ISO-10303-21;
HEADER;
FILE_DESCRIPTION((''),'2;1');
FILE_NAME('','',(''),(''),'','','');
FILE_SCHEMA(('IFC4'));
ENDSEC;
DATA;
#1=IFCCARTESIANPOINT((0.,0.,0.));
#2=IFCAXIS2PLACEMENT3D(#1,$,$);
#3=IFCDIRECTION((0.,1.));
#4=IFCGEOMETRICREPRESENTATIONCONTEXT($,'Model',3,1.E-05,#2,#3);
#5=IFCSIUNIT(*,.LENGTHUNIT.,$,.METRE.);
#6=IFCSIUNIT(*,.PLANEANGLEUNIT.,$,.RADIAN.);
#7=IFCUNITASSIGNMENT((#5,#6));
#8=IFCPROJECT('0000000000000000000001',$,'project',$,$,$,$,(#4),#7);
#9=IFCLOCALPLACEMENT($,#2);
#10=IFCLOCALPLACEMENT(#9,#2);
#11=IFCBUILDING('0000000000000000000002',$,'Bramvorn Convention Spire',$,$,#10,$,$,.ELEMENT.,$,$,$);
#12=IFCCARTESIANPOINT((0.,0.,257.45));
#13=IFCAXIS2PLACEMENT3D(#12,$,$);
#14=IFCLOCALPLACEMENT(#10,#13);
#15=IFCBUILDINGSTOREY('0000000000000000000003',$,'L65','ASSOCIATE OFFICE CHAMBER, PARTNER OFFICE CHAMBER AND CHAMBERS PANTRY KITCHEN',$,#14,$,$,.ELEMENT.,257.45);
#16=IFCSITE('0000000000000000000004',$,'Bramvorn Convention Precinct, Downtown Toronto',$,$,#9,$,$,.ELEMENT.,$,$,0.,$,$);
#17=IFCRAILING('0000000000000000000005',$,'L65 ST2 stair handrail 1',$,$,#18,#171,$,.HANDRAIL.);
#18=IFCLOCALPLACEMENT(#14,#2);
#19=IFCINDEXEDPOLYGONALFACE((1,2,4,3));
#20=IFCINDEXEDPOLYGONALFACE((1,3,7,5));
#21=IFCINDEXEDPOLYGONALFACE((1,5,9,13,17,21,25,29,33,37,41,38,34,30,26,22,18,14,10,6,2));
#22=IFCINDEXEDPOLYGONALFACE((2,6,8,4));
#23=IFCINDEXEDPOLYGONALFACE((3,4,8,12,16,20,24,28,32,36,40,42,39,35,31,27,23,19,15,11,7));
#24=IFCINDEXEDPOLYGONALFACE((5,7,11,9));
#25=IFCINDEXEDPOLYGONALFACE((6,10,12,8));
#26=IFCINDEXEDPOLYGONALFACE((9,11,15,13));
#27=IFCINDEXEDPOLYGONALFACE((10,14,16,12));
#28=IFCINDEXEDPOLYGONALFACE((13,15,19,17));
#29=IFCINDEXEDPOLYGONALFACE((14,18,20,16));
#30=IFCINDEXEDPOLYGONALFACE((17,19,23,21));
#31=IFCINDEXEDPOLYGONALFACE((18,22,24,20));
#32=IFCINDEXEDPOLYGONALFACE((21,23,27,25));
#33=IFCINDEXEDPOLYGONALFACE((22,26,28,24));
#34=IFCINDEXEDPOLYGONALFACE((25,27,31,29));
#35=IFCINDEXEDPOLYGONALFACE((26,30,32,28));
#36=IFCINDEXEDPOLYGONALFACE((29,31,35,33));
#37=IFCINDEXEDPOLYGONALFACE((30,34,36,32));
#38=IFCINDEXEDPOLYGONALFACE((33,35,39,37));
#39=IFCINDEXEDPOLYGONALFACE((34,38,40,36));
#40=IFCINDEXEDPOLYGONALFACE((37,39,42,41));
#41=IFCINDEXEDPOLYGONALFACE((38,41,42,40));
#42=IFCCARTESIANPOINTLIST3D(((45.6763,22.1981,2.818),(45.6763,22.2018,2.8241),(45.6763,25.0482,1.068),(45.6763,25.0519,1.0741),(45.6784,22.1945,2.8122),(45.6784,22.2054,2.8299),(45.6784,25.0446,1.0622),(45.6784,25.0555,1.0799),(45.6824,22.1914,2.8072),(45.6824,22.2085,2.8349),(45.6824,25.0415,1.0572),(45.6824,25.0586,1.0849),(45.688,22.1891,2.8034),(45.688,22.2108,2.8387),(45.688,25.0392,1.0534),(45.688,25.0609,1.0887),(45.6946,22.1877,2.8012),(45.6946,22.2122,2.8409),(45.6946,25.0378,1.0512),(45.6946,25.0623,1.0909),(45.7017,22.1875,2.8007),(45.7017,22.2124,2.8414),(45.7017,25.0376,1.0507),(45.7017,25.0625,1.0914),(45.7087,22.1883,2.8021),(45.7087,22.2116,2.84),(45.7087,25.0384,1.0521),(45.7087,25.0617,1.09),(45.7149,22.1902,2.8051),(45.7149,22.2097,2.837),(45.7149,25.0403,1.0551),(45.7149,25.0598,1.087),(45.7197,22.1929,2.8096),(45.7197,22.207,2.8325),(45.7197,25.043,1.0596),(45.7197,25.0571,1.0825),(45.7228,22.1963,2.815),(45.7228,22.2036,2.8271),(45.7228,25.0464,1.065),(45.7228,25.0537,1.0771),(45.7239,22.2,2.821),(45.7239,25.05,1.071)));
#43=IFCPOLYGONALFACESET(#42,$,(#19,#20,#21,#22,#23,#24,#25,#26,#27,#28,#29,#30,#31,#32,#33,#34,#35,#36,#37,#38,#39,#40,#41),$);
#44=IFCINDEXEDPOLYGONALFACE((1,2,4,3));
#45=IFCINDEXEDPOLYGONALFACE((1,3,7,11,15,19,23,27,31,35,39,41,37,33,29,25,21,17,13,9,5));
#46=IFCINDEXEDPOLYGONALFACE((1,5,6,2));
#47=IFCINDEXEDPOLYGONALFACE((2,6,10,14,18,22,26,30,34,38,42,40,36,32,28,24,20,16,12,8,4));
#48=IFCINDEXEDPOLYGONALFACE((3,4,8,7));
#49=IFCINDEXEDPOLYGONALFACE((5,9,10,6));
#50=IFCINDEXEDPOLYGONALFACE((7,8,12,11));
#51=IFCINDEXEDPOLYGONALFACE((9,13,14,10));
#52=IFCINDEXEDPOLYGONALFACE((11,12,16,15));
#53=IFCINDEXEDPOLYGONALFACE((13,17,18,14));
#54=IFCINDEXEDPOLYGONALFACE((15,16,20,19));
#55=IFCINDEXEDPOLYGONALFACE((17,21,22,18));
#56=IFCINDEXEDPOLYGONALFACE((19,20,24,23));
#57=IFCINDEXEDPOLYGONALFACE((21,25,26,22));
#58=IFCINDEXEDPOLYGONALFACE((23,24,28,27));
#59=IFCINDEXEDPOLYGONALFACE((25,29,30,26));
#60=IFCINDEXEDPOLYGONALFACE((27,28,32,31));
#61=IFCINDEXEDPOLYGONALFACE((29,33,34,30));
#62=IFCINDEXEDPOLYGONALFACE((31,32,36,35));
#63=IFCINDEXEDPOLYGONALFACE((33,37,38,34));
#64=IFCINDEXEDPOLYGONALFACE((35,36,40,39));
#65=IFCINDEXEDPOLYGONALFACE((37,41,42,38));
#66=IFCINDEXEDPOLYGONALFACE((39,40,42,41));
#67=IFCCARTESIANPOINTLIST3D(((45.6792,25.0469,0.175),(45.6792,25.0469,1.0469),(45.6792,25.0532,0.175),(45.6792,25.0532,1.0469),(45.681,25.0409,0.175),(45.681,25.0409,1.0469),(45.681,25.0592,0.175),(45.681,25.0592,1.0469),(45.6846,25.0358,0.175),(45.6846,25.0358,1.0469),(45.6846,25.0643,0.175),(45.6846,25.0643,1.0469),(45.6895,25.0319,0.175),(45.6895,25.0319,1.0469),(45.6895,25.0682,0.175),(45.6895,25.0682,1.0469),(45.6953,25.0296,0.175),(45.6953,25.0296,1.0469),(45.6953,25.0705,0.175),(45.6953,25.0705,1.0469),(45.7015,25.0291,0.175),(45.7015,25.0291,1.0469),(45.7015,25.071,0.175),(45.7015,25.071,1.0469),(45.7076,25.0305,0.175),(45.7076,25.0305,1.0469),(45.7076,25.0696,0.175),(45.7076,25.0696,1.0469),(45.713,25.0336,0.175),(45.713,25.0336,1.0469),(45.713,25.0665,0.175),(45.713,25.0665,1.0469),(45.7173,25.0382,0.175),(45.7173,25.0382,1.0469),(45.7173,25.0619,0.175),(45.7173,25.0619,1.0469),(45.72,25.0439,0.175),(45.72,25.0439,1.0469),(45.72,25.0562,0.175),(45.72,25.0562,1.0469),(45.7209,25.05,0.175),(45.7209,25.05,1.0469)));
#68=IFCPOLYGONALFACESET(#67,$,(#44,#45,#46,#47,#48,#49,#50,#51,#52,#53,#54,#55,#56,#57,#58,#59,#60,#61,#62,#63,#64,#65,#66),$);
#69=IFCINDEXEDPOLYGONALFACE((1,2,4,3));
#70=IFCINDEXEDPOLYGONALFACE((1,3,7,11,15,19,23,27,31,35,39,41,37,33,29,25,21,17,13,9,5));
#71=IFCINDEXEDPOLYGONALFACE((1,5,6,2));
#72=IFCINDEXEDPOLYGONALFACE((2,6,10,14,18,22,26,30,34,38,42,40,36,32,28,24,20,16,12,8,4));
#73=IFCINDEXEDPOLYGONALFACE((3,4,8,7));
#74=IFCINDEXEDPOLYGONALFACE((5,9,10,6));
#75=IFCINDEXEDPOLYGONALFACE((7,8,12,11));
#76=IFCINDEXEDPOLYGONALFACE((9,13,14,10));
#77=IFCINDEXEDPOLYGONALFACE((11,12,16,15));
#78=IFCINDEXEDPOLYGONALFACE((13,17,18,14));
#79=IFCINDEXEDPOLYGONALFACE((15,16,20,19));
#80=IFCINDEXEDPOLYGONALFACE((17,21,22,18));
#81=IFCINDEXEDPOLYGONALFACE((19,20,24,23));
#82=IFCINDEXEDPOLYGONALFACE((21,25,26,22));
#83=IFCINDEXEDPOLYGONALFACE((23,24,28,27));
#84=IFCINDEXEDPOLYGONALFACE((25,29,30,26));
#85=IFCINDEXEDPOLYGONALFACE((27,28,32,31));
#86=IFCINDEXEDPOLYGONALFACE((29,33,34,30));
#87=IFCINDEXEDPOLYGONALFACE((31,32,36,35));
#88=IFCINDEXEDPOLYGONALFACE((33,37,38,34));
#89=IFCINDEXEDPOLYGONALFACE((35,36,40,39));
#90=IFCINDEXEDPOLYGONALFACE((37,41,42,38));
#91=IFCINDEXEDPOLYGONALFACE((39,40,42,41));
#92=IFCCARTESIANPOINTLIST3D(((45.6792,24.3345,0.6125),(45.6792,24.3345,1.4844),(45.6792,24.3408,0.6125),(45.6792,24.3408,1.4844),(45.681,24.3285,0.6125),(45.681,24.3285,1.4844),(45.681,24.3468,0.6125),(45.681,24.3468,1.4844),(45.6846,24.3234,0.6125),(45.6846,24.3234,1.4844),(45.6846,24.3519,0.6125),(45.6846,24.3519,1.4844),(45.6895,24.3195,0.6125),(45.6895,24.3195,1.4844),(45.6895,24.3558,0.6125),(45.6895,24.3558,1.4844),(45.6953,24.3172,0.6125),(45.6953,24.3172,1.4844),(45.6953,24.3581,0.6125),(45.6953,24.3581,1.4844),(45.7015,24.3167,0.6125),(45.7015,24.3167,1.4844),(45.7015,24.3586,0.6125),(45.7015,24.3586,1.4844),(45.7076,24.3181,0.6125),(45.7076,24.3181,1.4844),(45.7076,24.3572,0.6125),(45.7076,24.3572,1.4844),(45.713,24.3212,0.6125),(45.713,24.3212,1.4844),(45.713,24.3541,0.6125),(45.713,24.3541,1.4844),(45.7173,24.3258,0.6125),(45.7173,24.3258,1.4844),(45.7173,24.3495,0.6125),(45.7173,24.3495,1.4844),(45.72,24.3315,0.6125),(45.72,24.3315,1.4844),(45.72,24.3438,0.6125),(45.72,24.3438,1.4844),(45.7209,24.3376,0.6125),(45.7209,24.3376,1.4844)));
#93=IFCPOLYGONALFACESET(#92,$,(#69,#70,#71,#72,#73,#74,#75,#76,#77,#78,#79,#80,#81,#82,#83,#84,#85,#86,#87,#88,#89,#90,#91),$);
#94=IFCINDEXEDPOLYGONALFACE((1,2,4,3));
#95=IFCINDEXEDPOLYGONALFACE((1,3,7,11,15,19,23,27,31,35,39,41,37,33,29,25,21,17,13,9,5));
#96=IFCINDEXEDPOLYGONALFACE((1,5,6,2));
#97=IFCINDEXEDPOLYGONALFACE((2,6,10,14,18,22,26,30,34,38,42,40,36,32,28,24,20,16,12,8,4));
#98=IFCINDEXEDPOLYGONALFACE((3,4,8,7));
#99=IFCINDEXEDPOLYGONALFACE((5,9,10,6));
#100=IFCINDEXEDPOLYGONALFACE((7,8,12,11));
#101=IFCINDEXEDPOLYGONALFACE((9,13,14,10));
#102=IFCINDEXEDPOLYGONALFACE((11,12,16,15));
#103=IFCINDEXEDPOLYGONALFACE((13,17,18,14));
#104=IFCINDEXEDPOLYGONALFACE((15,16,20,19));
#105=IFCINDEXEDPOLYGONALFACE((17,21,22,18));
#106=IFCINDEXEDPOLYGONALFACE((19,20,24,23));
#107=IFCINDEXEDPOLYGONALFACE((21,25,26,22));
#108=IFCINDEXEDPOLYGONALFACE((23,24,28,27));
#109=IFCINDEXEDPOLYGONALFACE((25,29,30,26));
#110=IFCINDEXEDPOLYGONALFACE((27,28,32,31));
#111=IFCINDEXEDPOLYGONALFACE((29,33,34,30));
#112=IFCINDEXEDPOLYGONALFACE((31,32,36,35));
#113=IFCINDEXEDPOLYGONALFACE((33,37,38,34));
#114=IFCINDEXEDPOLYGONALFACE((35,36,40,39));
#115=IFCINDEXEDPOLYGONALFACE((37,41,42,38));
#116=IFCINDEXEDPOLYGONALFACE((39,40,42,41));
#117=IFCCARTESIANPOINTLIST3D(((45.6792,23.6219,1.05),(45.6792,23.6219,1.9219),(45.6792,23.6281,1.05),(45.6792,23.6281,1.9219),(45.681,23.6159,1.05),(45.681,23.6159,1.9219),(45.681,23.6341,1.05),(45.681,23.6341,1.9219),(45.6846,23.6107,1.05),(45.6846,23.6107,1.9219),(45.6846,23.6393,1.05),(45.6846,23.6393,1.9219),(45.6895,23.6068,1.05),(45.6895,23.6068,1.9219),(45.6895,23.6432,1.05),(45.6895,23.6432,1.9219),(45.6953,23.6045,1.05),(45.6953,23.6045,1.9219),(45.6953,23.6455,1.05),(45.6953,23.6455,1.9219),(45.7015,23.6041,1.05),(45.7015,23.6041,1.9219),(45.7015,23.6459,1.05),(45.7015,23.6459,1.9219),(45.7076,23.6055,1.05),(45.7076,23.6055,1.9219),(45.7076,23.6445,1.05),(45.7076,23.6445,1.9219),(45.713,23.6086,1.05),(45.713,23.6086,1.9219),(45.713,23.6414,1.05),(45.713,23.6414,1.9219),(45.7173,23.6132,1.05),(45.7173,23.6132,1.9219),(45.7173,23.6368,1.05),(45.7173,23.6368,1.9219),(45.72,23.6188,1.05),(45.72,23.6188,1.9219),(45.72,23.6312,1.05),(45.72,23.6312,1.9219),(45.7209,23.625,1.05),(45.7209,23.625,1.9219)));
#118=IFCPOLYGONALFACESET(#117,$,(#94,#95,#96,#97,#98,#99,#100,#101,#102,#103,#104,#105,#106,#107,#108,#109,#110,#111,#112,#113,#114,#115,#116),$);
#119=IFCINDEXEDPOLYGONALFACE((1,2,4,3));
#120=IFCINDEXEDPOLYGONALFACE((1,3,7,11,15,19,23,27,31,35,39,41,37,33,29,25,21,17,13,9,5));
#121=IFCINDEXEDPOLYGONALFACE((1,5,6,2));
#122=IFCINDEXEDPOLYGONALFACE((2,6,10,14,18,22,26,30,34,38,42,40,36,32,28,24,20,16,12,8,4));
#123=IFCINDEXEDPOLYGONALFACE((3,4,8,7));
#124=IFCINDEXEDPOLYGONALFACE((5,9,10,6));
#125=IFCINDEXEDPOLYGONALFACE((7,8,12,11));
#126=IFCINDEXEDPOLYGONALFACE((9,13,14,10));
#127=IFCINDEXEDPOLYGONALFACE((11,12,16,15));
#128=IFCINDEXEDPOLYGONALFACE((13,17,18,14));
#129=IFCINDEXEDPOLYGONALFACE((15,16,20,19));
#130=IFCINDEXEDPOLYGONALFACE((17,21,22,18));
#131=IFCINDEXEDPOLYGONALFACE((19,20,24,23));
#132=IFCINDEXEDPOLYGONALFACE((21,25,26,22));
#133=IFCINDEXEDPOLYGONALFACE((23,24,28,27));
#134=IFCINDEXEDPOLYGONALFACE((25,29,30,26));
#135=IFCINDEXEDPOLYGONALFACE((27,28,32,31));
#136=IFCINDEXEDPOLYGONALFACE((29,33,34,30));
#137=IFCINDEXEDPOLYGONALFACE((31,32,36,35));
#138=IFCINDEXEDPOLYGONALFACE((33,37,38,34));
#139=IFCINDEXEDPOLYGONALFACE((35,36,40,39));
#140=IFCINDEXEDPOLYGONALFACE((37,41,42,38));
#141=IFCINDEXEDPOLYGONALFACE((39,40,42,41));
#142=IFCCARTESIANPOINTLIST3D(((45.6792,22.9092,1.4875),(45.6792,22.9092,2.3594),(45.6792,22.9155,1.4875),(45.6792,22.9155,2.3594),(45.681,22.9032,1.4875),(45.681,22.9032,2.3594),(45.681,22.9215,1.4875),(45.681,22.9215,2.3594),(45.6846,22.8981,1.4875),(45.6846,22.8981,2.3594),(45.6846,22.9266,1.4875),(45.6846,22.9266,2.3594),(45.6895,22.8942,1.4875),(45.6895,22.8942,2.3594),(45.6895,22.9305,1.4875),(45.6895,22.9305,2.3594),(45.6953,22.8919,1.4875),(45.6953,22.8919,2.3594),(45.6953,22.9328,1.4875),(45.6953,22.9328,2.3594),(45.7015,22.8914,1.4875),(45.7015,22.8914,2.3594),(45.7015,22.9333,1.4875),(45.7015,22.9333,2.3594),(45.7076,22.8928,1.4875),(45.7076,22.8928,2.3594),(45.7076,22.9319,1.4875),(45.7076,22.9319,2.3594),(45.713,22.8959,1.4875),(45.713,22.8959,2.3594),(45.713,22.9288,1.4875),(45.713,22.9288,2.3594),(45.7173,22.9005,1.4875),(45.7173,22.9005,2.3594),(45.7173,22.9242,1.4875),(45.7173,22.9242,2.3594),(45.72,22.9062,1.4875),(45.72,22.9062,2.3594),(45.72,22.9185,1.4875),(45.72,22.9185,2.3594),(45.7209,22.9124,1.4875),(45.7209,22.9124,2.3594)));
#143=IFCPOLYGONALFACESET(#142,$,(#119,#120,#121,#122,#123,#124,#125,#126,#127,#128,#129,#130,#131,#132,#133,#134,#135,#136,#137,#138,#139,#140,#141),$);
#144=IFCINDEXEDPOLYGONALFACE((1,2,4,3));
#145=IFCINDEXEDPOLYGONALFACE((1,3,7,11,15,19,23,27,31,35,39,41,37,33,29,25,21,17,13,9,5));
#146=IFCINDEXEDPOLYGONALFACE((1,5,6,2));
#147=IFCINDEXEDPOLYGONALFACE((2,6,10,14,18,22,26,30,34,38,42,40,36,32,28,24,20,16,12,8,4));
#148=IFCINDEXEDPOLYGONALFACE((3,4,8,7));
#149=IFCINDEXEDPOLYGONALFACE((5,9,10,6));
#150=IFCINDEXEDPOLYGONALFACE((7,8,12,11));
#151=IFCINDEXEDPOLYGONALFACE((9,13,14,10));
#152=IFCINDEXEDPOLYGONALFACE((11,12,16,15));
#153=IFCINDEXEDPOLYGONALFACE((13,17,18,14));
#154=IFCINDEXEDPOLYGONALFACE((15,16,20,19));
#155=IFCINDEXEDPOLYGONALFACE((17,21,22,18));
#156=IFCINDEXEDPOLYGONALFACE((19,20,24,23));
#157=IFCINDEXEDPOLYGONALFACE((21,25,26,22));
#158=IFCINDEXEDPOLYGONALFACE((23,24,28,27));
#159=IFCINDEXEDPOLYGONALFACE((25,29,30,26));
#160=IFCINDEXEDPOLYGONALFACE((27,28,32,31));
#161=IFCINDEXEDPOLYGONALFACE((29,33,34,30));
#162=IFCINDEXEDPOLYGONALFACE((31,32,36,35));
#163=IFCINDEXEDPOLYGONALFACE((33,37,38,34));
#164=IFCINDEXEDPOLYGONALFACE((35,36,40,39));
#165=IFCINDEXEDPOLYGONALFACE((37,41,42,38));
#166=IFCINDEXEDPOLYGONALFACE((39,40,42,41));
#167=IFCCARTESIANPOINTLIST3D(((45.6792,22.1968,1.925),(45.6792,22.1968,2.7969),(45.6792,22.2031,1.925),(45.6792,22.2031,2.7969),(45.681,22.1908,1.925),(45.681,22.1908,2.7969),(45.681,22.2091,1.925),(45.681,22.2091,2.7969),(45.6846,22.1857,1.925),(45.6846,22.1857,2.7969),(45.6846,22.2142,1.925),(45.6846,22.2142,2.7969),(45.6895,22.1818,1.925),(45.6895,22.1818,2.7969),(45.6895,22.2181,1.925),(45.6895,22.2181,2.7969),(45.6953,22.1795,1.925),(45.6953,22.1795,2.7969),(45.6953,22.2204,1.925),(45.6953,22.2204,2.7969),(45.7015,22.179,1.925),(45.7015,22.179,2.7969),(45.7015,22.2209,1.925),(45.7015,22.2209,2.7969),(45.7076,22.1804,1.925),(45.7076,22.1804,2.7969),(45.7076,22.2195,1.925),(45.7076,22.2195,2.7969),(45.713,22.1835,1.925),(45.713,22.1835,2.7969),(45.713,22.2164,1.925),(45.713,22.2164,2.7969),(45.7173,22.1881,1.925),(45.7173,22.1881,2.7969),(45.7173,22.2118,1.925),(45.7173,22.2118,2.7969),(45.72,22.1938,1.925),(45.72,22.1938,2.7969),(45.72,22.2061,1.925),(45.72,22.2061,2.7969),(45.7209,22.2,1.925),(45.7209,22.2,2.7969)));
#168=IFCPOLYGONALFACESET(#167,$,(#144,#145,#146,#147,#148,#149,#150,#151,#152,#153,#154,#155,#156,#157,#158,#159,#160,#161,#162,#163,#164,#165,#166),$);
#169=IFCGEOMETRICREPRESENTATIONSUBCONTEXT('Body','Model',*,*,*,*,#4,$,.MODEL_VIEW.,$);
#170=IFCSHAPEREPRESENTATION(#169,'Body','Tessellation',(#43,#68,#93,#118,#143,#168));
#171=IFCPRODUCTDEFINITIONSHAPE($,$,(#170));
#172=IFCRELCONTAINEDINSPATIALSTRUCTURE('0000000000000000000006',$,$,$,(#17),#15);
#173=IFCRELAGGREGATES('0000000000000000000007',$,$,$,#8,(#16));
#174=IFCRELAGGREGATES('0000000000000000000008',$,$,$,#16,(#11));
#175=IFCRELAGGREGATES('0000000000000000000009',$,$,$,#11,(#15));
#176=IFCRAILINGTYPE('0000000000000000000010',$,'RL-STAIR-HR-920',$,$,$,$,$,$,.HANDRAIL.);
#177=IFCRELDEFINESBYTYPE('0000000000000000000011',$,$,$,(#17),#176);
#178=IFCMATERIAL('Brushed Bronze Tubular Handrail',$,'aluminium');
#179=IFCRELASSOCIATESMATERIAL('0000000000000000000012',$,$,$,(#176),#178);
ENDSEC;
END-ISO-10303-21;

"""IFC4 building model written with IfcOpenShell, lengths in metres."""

from ifc_helpers import new_model, si_unit, direction, frame, origin, origin_2d, place, context, subcontext, project, spatial, circle, extrude, material, type_object, element, save


model = new_model("IFC4")

# Units and contexts
model_context = context("Model", 3, precision=1e-05, world=origin(), true_north=direction((0.0, 1.0)))
body_context = subcontext(model_context, "Body", "Model", "MODEL_VIEW")
ifc_project = project(units=[si_unit("LENGTHUNIT", "METRE"), si_unit("PLANEANGLEUNIT", "RADIAN")], contexts=[model_context])

# Site, building, storey
site_placement = place(None, origin())
site = spatial("IfcSite", under=ifc_project, at=site_placement, Name="Bramvorn Convention Precinct, Downtown Toronto", CompositionType="ELEMENT", RefElevation=0.0)
building_placement = place(site_placement, origin())
building = spatial("IfcBuilding", under=site, at=building_placement, Name="Bramvorn Convention Spire", CompositionType="ELEMENT")
storey_placement = place(building_placement, frame((0.0, 0.0, 257.45)))
storey = spatial("IfcBuildingStorey", under=building, at=storey_placement, Name="L65", Description="ASSOCIATE OFFICE CHAMBER, PARTNER OFFICE CHAMBER AND CHAMBERS PANTRY KITCHEN", CompositionType="ELEMENT", Elevation=257.45)

# Railing
ifc_material_1 = material(Name="Brushed Bronze Tubular Handrail", Category="aluminium")
railing_type_1 = type_object("IfcRailingType", Name="RL-STAIR-HR-920", PredefinedType="HANDRAIL", material=ifc_material_1)
railing_1_placement = place(storey_placement, frame((45.7, 25.05, 0.175)))
element("IfcRailing", 1, at=railing_1_placement, inside=storey, type_object=railing_type_1, Name="L65 ST2 stair handrail 1", PredefinedType="HANDRAIL", context=body_context, shape_type="SweptSolid", body=[
    extrude(circle(Radius=0.0239, at=origin_2d()), frame((0.0, 0.0, 0.896), z_axis=(0.0, -0.852179, 0.52325), x_axis=(1.0, 0.0, 0.0)), (0.0, 0.0, 1.0), 3.3445),
    extrude(circle(Radius=0.021, at=origin_2d()), origin(), (0.0, 0.0, 1.0), 0.8718),
    extrude(circle(Radius=0.021, at=origin_2d()), frame((0.0, -0.7124, 0.4375)), (0.0, 0.0, 1.0), 0.8718),
    extrude(circle(Radius=0.021, at=origin_2d()), frame((0.0, -1.425, 0.875)), (0.0, 0.0, 1.0), 0.8718),
    extrude(circle(Radius=0.021, at=origin_2d()), frame((0.0, -2.1377, 1.3125)), (0.0, 0.0, 1.0), 0.8718),
    extrude(circle(Radius=0.021, at=origin_2d()), frame((0.0, -2.8501, 1.75)), (0.0, 0.0, 1.0), 0.8718),
])

save(model, "model.ifc")
